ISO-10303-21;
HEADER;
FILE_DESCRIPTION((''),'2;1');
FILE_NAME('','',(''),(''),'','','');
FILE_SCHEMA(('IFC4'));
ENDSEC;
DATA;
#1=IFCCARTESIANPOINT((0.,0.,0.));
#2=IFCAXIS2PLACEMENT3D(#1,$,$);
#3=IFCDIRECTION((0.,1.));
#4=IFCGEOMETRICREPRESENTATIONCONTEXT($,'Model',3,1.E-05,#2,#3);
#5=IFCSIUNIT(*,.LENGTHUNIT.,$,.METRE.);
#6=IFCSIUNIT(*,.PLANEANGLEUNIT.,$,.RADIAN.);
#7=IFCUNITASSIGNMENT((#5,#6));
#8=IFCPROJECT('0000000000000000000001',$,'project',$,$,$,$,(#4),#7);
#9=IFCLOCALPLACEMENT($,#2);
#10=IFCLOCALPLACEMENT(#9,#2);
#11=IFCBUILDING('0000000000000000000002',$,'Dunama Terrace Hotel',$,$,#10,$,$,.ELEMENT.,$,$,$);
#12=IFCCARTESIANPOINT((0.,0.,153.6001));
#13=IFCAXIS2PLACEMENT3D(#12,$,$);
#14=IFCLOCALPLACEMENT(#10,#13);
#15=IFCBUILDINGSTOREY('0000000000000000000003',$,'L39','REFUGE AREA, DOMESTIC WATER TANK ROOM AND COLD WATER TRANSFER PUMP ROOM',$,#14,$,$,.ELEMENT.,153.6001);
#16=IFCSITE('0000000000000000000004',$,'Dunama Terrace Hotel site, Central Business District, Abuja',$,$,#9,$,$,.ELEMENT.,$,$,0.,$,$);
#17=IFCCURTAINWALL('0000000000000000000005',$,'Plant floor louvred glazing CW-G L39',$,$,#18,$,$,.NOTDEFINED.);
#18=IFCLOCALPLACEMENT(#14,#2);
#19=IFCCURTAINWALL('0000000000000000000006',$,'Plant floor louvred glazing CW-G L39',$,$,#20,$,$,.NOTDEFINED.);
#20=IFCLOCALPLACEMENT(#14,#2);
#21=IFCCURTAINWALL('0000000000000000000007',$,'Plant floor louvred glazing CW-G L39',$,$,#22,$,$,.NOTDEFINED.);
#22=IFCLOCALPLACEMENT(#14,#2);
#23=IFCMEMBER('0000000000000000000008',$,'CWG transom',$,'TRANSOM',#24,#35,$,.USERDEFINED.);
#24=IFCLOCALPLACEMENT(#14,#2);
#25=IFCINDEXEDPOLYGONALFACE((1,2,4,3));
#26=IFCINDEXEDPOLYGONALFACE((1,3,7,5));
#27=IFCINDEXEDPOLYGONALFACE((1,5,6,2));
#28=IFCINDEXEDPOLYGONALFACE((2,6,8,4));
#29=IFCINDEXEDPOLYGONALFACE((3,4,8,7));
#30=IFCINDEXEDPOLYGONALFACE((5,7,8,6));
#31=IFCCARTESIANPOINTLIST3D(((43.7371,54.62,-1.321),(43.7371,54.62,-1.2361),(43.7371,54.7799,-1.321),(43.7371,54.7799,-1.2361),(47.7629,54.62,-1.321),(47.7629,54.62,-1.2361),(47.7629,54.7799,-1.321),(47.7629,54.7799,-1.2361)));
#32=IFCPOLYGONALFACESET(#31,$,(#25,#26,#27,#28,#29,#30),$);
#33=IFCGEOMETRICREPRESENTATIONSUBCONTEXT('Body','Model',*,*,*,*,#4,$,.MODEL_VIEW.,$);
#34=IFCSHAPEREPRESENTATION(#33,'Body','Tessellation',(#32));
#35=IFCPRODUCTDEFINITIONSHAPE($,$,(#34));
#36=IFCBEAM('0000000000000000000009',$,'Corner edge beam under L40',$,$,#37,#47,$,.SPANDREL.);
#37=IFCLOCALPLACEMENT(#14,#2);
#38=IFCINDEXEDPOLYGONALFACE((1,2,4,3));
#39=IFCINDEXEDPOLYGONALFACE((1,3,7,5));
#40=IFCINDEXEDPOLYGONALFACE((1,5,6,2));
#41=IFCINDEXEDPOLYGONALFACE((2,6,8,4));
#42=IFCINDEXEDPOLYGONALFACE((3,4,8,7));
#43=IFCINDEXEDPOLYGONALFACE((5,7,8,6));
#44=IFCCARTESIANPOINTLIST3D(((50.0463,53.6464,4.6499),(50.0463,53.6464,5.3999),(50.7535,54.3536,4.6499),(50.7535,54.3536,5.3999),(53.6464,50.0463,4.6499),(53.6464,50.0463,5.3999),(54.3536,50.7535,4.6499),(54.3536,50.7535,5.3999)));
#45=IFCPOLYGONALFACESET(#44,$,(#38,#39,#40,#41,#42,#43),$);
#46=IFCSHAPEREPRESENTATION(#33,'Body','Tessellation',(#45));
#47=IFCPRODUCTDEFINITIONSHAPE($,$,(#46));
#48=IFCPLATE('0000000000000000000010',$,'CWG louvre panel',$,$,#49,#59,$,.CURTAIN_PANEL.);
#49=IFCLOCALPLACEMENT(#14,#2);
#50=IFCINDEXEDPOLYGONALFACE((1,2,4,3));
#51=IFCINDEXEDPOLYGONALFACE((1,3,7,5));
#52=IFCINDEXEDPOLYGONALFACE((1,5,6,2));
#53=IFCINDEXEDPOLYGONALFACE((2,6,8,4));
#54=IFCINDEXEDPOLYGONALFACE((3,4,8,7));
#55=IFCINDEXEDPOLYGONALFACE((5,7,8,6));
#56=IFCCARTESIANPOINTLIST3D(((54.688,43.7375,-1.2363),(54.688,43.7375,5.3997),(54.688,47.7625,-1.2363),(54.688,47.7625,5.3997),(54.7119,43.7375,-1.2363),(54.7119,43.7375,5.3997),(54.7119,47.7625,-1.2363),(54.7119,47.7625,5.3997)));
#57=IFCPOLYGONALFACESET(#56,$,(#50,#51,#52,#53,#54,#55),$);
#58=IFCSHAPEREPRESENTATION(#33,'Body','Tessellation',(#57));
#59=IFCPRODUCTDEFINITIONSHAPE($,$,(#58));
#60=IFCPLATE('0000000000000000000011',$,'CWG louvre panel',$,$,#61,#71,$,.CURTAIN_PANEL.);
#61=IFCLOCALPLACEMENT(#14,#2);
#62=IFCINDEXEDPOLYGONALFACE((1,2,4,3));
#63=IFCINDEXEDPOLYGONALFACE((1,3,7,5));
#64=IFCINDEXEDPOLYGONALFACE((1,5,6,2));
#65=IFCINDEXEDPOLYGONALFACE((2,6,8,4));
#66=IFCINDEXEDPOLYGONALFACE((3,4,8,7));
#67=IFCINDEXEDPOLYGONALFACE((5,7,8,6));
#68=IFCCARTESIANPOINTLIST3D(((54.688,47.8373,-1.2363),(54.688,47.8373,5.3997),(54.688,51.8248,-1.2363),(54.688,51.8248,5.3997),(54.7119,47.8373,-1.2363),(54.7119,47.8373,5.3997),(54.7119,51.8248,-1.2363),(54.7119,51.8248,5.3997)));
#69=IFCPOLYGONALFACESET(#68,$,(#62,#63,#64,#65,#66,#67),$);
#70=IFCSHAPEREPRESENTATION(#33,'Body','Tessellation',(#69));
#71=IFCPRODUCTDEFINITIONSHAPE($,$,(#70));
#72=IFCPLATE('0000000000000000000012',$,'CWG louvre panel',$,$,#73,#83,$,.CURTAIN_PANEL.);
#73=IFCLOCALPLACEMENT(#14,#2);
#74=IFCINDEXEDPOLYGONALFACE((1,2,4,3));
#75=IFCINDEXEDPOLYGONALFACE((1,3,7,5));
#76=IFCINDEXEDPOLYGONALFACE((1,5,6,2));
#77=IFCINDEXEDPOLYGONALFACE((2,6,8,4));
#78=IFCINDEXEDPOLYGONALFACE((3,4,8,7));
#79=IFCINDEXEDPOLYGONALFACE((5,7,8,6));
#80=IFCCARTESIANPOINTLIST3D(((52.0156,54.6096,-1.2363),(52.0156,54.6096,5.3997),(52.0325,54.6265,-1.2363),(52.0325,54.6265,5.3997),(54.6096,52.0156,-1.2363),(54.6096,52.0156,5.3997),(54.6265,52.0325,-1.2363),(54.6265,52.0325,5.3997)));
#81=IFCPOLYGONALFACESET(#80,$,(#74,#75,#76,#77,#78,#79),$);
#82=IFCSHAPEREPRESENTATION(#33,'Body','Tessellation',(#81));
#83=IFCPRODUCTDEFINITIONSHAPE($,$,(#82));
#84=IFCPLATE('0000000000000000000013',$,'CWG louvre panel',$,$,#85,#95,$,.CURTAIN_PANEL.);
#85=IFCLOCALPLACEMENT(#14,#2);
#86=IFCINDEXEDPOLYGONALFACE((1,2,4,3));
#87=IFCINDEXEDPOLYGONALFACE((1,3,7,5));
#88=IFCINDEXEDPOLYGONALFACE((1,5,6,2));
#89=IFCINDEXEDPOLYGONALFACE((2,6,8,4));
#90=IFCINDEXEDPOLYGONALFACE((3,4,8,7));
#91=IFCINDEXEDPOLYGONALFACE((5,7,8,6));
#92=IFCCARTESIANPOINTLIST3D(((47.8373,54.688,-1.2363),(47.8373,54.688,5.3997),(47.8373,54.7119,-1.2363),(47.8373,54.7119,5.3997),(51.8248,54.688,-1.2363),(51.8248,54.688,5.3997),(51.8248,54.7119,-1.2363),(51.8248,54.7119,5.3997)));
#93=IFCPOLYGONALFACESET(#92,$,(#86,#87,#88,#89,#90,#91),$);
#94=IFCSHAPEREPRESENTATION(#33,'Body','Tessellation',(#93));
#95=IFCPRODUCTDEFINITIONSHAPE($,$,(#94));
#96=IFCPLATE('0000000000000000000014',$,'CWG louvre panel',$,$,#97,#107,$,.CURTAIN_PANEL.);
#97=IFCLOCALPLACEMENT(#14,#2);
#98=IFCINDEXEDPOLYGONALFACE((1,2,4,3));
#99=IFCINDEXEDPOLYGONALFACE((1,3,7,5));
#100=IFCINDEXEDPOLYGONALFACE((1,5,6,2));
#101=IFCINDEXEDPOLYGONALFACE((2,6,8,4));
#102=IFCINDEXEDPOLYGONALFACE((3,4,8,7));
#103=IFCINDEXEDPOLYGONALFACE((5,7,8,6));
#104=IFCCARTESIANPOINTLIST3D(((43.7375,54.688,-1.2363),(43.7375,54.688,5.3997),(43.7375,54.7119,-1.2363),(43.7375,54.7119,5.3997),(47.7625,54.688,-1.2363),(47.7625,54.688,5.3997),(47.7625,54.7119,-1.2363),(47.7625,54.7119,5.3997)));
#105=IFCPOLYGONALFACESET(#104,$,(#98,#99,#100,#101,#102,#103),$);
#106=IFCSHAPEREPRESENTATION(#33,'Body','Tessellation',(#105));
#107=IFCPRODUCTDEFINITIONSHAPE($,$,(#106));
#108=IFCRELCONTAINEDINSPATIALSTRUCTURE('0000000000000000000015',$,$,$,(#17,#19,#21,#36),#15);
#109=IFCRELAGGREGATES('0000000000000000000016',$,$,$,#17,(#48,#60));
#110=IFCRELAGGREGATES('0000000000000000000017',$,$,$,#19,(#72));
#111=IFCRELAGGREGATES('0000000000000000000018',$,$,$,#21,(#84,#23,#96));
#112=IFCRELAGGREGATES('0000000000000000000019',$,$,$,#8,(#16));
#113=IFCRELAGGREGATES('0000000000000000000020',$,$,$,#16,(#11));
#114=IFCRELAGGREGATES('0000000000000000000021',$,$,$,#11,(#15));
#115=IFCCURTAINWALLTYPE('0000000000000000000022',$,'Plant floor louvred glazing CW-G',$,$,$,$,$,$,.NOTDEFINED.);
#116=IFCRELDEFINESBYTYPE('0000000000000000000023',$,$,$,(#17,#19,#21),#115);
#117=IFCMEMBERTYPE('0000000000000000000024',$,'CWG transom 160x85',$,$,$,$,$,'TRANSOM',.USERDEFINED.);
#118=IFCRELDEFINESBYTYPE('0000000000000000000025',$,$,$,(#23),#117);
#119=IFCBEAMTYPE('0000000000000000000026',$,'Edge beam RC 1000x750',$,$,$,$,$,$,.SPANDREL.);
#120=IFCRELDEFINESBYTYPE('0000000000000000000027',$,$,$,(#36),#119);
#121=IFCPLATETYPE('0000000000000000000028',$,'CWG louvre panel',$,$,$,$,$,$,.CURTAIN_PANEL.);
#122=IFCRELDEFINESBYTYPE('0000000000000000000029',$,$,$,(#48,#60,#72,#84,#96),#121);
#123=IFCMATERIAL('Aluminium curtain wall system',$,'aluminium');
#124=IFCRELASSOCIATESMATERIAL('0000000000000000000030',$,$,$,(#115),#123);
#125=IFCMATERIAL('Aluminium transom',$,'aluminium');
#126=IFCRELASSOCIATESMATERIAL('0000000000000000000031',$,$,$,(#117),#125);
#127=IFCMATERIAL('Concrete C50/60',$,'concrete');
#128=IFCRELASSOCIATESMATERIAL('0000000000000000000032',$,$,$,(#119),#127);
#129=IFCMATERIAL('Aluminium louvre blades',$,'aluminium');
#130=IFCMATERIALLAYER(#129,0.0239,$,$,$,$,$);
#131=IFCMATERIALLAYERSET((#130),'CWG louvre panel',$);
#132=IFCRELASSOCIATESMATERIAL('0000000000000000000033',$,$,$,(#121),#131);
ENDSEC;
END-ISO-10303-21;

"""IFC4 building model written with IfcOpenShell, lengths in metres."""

from ifc_helpers import new_model, si_unit, direction, frame, origin, origin_2d, place, context, subcontext, project, spatial, rectangle, extrude, material, layer, layer_set, material_profile, profile_set, type_object, element, aggregate, save


model = new_model("IFC4")

# Units and contexts
model_context = context("Model", 3, precision=1e-05, world=origin(), true_north=direction((0.0, 1.0)))
body_context = subcontext(model_context, "Body", "Model", "MODEL_VIEW")
ifc_project = project(units=[si_unit("LENGTHUNIT", "METRE"), si_unit("PLANEANGLEUNIT", "RADIAN")], contexts=[model_context])

# Site, building, storey
site_placement = place(None, origin())
site = spatial("IfcSite", under=ifc_project, at=site_placement, Name="Dunama Terrace Hotel site, Central Business District, Abuja", CompositionType="ELEMENT", RefElevation=0.0)
building_placement = place(site_placement, origin())
building = spatial("IfcBuilding", under=site, at=building_placement, Name="Dunama Terrace Hotel", CompositionType="ELEMENT")
storey_placement = place(building_placement, frame((0.0, 0.0, 153.6001)))
storey = spatial("IfcBuildingStorey", under=building, at=storey_placement, Name="L39", Description="REFUGE AREA, DOMESTIC WATER TANK ROOM AND COLD WATER TRANSFER PUMP ROOM", CompositionType="ELEMENT", Elevation=153.6001)

# Curtain walls
ifc_material_1 = material(Name="Aluminium curtain wall system", Category="aluminium")
curtain_wall_type = type_object("IfcCurtainWallType", Name="Plant floor louvred glazing CW-G", PredefinedType="NOTDEFINED", material=ifc_material_1)
curtain_wall_1_placement = place(storey_placement, origin())
curtain_wall_1 = element("IfcCurtainWall", 1, at=curtain_wall_1_placement, inside=storey, type_object=curtain_wall_type, Name="Plant floor louvred glazing CW-G L39", PredefinedType="NOTDEFINED")
curtain_wall_2_placement = place(storey_placement, origin())
curtain_wall_2 = element("IfcCurtainWall", 2, at=curtain_wall_2_placement, inside=storey, type_object=curtain_wall_type, Name="Plant floor louvred glazing CW-G L39", PredefinedType="NOTDEFINED")
curtain_wall_3_placement = place(storey_placement, origin())
curtain_wall_3 = element("IfcCurtainWall", 3, at=curtain_wall_3_placement, inside=storey, type_object=curtain_wall_type, Name="Plant floor louvred glazing CW-G L39", PredefinedType="NOTDEFINED")

# Member
ifc_material_2 = material(Name="Aluminium transom", Category="aluminium")
ifc_material_profile_1 = material_profile(ifc_material_2, rectangle(XDim=0.1599, YDim=0.085, at=origin_2d()), Name="CWG TRANSOM 160X85")
ifc_profile_set_1 = profile_set([ifc_material_profile_1], Name="Aluminium transom")
member_type_1 = type_object("IfcMemberType", Name="CWG transom 160x85", ElementType="TRANSOM", PredefinedType="USERDEFINED", material=ifc_profile_set_1)
member_1_placement = place(storey_placement, frame((47.7629, 54.7, -1.2786), z_axis=(-1.0, 0.0, 0.0), x_axis=(0.0, -1.0, 0.0)))
member_1 = element("IfcMember", 4, at=member_1_placement, type_object=member_type_1, Name="CWG transom", ObjectType="TRANSOM", PredefinedType="USERDEFINED", context=body_context, shape_type="SweptSolid", body=[
    extrude(rectangle(XDim=0.1599, YDim=0.085, at=origin_2d()), origin(), (0.0, 0.0, 1.0), 4.0259),
])

# Beam
ifc_material_3 = material(Name="Concrete C50/60", Category="concrete")
ifc_material_profile_2 = material_profile(ifc_material_3, rectangle(XDim=1.0, YDim=0.75, at=origin_2d()), Name="RC 1000x750")
ifc_profile_set_2 = profile_set([ifc_material_profile_2], Name="Concrete C50/60")
beam_type = type_object("IfcBeamType", Name="Edge beam RC 1000x750", PredefinedType="SPANDREL", material=ifc_profile_set_2)
beam_placement = place(storey_placement, frame((50.3999, 54.0, 5.0249), z_axis=(0.707107, -0.707107, 0.0), x_axis=(0.707107, 0.707107, 0.0)))
element("IfcBeam", 5, at=beam_placement, inside=storey, type_object=beam_type, Name="Corner edge beam under L40", PredefinedType="SPANDREL", context=body_context, shape_type="SweptSolid", body=[
    extrude(rectangle(XDim=1.0, YDim=0.75, at=origin_2d()), origin(), (0.0, 0.0, 1.0), 5.0913),
])

# Plates
ifc_material_4 = material(Name="Aluminium louvre blades", Category="aluminium")
ifc_layer = layer(ifc_material_4, 0.0239)
ifc_layer_set = layer_set([ifc_layer], Name="CWG louvre panel")
plate_type = type_object("IfcPlateType", Name="CWG louvre panel", PredefinedType="CURTAIN_PANEL", material=ifc_layer_set)
plate_1_placement = place(storey_placement, frame((54.7, 45.75, -1.2363), z_axis=(0.0, 0.0, 1.0), x_axis=(0.0, 1.0, 0.0)))
plate_1 = element("IfcPlate", 6, at=plate_1_placement, type_object=plate_type, Name="CWG louvre panel", PredefinedType="CURTAIN_PANEL", context=body_context, shape_type="SweptSolid", body=[
    extrude(rectangle(XDim=4.0249, YDim=0.0239, at=origin_2d()), origin(), (0.0, 0.0, 1.0), 6.636),
])
plate_2_placement = place(storey_placement, frame((54.7, 49.8311, -1.2363), z_axis=(0.0, 0.0, 1.0), x_axis=(0.0, 1.0, 0.0)))
plate_2 = element("IfcPlate", 7, at=plate_2_placement, type_object=plate_type, Name="CWG louvre panel", PredefinedType="CURTAIN_PANEL", context=body_context, shape_type="SweptSolid", body=[
    extrude(rectangle(XDim=3.9875, YDim=0.0239, at=origin_2d()), origin(), (0.0, 0.0, 1.0), 6.636),
])
aggregate(curtain_wall_1, [plate_1, plate_2])
plate_3_placement = place(storey_placement, frame((53.321, 53.321, -1.2363), z_axis=(0.0, 0.0, 1.0), x_axis=(-0.707107, 0.707107, 0.0)))
plate_3 = element("IfcPlate", 8, at=plate_3_placement, type_object=plate_type, Name="CWG louvre panel", PredefinedType="CURTAIN_PANEL", context=body_context, shape_type="SweptSolid", body=[
    extrude(rectangle(XDim=3.6685, YDim=0.0239, at=origin_2d()), origin(), (0.0, 0.0, 1.0), 6.636),
])
aggregate(curtain_wall_2, [plate_3])
plate_4_placement = place(storey_placement, frame((49.8311, 54.7, -1.2363), z_axis=(0.0, 0.0, 1.0), x_axis=(-1.0, 0.0, 0.0)))
plate_4 = element("IfcPlate", 9, at=plate_4_placement, type_object=plate_type, Name="CWG louvre panel", PredefinedType="CURTAIN_PANEL", context=body_context, shape_type="SweptSolid", body=[
    extrude(rectangle(XDim=3.9875, YDim=0.0239, at=origin_2d()), origin(), (0.0, 0.0, 1.0), 6.636),
])
plate_5_placement = place(storey_placement, frame((45.75, 54.7, -1.2363), z_axis=(0.0, 0.0, 1.0), x_axis=(-1.0, 0.0, 0.0)))
plate_5 = element("IfcPlate", 10, at=plate_5_placement, type_object=plate_type, Name="CWG louvre panel", PredefinedType="CURTAIN_PANEL", context=body_context, shape_type="SweptSolid", body=[
    extrude(rectangle(XDim=4.0249, YDim=0.0239, at=origin_2d()), origin(), (0.0, 0.0, 1.0), 6.636),
])
aggregate(curtain_wall_3, [plate_4, member_1, plate_5])

save(model, "model.ifc")
